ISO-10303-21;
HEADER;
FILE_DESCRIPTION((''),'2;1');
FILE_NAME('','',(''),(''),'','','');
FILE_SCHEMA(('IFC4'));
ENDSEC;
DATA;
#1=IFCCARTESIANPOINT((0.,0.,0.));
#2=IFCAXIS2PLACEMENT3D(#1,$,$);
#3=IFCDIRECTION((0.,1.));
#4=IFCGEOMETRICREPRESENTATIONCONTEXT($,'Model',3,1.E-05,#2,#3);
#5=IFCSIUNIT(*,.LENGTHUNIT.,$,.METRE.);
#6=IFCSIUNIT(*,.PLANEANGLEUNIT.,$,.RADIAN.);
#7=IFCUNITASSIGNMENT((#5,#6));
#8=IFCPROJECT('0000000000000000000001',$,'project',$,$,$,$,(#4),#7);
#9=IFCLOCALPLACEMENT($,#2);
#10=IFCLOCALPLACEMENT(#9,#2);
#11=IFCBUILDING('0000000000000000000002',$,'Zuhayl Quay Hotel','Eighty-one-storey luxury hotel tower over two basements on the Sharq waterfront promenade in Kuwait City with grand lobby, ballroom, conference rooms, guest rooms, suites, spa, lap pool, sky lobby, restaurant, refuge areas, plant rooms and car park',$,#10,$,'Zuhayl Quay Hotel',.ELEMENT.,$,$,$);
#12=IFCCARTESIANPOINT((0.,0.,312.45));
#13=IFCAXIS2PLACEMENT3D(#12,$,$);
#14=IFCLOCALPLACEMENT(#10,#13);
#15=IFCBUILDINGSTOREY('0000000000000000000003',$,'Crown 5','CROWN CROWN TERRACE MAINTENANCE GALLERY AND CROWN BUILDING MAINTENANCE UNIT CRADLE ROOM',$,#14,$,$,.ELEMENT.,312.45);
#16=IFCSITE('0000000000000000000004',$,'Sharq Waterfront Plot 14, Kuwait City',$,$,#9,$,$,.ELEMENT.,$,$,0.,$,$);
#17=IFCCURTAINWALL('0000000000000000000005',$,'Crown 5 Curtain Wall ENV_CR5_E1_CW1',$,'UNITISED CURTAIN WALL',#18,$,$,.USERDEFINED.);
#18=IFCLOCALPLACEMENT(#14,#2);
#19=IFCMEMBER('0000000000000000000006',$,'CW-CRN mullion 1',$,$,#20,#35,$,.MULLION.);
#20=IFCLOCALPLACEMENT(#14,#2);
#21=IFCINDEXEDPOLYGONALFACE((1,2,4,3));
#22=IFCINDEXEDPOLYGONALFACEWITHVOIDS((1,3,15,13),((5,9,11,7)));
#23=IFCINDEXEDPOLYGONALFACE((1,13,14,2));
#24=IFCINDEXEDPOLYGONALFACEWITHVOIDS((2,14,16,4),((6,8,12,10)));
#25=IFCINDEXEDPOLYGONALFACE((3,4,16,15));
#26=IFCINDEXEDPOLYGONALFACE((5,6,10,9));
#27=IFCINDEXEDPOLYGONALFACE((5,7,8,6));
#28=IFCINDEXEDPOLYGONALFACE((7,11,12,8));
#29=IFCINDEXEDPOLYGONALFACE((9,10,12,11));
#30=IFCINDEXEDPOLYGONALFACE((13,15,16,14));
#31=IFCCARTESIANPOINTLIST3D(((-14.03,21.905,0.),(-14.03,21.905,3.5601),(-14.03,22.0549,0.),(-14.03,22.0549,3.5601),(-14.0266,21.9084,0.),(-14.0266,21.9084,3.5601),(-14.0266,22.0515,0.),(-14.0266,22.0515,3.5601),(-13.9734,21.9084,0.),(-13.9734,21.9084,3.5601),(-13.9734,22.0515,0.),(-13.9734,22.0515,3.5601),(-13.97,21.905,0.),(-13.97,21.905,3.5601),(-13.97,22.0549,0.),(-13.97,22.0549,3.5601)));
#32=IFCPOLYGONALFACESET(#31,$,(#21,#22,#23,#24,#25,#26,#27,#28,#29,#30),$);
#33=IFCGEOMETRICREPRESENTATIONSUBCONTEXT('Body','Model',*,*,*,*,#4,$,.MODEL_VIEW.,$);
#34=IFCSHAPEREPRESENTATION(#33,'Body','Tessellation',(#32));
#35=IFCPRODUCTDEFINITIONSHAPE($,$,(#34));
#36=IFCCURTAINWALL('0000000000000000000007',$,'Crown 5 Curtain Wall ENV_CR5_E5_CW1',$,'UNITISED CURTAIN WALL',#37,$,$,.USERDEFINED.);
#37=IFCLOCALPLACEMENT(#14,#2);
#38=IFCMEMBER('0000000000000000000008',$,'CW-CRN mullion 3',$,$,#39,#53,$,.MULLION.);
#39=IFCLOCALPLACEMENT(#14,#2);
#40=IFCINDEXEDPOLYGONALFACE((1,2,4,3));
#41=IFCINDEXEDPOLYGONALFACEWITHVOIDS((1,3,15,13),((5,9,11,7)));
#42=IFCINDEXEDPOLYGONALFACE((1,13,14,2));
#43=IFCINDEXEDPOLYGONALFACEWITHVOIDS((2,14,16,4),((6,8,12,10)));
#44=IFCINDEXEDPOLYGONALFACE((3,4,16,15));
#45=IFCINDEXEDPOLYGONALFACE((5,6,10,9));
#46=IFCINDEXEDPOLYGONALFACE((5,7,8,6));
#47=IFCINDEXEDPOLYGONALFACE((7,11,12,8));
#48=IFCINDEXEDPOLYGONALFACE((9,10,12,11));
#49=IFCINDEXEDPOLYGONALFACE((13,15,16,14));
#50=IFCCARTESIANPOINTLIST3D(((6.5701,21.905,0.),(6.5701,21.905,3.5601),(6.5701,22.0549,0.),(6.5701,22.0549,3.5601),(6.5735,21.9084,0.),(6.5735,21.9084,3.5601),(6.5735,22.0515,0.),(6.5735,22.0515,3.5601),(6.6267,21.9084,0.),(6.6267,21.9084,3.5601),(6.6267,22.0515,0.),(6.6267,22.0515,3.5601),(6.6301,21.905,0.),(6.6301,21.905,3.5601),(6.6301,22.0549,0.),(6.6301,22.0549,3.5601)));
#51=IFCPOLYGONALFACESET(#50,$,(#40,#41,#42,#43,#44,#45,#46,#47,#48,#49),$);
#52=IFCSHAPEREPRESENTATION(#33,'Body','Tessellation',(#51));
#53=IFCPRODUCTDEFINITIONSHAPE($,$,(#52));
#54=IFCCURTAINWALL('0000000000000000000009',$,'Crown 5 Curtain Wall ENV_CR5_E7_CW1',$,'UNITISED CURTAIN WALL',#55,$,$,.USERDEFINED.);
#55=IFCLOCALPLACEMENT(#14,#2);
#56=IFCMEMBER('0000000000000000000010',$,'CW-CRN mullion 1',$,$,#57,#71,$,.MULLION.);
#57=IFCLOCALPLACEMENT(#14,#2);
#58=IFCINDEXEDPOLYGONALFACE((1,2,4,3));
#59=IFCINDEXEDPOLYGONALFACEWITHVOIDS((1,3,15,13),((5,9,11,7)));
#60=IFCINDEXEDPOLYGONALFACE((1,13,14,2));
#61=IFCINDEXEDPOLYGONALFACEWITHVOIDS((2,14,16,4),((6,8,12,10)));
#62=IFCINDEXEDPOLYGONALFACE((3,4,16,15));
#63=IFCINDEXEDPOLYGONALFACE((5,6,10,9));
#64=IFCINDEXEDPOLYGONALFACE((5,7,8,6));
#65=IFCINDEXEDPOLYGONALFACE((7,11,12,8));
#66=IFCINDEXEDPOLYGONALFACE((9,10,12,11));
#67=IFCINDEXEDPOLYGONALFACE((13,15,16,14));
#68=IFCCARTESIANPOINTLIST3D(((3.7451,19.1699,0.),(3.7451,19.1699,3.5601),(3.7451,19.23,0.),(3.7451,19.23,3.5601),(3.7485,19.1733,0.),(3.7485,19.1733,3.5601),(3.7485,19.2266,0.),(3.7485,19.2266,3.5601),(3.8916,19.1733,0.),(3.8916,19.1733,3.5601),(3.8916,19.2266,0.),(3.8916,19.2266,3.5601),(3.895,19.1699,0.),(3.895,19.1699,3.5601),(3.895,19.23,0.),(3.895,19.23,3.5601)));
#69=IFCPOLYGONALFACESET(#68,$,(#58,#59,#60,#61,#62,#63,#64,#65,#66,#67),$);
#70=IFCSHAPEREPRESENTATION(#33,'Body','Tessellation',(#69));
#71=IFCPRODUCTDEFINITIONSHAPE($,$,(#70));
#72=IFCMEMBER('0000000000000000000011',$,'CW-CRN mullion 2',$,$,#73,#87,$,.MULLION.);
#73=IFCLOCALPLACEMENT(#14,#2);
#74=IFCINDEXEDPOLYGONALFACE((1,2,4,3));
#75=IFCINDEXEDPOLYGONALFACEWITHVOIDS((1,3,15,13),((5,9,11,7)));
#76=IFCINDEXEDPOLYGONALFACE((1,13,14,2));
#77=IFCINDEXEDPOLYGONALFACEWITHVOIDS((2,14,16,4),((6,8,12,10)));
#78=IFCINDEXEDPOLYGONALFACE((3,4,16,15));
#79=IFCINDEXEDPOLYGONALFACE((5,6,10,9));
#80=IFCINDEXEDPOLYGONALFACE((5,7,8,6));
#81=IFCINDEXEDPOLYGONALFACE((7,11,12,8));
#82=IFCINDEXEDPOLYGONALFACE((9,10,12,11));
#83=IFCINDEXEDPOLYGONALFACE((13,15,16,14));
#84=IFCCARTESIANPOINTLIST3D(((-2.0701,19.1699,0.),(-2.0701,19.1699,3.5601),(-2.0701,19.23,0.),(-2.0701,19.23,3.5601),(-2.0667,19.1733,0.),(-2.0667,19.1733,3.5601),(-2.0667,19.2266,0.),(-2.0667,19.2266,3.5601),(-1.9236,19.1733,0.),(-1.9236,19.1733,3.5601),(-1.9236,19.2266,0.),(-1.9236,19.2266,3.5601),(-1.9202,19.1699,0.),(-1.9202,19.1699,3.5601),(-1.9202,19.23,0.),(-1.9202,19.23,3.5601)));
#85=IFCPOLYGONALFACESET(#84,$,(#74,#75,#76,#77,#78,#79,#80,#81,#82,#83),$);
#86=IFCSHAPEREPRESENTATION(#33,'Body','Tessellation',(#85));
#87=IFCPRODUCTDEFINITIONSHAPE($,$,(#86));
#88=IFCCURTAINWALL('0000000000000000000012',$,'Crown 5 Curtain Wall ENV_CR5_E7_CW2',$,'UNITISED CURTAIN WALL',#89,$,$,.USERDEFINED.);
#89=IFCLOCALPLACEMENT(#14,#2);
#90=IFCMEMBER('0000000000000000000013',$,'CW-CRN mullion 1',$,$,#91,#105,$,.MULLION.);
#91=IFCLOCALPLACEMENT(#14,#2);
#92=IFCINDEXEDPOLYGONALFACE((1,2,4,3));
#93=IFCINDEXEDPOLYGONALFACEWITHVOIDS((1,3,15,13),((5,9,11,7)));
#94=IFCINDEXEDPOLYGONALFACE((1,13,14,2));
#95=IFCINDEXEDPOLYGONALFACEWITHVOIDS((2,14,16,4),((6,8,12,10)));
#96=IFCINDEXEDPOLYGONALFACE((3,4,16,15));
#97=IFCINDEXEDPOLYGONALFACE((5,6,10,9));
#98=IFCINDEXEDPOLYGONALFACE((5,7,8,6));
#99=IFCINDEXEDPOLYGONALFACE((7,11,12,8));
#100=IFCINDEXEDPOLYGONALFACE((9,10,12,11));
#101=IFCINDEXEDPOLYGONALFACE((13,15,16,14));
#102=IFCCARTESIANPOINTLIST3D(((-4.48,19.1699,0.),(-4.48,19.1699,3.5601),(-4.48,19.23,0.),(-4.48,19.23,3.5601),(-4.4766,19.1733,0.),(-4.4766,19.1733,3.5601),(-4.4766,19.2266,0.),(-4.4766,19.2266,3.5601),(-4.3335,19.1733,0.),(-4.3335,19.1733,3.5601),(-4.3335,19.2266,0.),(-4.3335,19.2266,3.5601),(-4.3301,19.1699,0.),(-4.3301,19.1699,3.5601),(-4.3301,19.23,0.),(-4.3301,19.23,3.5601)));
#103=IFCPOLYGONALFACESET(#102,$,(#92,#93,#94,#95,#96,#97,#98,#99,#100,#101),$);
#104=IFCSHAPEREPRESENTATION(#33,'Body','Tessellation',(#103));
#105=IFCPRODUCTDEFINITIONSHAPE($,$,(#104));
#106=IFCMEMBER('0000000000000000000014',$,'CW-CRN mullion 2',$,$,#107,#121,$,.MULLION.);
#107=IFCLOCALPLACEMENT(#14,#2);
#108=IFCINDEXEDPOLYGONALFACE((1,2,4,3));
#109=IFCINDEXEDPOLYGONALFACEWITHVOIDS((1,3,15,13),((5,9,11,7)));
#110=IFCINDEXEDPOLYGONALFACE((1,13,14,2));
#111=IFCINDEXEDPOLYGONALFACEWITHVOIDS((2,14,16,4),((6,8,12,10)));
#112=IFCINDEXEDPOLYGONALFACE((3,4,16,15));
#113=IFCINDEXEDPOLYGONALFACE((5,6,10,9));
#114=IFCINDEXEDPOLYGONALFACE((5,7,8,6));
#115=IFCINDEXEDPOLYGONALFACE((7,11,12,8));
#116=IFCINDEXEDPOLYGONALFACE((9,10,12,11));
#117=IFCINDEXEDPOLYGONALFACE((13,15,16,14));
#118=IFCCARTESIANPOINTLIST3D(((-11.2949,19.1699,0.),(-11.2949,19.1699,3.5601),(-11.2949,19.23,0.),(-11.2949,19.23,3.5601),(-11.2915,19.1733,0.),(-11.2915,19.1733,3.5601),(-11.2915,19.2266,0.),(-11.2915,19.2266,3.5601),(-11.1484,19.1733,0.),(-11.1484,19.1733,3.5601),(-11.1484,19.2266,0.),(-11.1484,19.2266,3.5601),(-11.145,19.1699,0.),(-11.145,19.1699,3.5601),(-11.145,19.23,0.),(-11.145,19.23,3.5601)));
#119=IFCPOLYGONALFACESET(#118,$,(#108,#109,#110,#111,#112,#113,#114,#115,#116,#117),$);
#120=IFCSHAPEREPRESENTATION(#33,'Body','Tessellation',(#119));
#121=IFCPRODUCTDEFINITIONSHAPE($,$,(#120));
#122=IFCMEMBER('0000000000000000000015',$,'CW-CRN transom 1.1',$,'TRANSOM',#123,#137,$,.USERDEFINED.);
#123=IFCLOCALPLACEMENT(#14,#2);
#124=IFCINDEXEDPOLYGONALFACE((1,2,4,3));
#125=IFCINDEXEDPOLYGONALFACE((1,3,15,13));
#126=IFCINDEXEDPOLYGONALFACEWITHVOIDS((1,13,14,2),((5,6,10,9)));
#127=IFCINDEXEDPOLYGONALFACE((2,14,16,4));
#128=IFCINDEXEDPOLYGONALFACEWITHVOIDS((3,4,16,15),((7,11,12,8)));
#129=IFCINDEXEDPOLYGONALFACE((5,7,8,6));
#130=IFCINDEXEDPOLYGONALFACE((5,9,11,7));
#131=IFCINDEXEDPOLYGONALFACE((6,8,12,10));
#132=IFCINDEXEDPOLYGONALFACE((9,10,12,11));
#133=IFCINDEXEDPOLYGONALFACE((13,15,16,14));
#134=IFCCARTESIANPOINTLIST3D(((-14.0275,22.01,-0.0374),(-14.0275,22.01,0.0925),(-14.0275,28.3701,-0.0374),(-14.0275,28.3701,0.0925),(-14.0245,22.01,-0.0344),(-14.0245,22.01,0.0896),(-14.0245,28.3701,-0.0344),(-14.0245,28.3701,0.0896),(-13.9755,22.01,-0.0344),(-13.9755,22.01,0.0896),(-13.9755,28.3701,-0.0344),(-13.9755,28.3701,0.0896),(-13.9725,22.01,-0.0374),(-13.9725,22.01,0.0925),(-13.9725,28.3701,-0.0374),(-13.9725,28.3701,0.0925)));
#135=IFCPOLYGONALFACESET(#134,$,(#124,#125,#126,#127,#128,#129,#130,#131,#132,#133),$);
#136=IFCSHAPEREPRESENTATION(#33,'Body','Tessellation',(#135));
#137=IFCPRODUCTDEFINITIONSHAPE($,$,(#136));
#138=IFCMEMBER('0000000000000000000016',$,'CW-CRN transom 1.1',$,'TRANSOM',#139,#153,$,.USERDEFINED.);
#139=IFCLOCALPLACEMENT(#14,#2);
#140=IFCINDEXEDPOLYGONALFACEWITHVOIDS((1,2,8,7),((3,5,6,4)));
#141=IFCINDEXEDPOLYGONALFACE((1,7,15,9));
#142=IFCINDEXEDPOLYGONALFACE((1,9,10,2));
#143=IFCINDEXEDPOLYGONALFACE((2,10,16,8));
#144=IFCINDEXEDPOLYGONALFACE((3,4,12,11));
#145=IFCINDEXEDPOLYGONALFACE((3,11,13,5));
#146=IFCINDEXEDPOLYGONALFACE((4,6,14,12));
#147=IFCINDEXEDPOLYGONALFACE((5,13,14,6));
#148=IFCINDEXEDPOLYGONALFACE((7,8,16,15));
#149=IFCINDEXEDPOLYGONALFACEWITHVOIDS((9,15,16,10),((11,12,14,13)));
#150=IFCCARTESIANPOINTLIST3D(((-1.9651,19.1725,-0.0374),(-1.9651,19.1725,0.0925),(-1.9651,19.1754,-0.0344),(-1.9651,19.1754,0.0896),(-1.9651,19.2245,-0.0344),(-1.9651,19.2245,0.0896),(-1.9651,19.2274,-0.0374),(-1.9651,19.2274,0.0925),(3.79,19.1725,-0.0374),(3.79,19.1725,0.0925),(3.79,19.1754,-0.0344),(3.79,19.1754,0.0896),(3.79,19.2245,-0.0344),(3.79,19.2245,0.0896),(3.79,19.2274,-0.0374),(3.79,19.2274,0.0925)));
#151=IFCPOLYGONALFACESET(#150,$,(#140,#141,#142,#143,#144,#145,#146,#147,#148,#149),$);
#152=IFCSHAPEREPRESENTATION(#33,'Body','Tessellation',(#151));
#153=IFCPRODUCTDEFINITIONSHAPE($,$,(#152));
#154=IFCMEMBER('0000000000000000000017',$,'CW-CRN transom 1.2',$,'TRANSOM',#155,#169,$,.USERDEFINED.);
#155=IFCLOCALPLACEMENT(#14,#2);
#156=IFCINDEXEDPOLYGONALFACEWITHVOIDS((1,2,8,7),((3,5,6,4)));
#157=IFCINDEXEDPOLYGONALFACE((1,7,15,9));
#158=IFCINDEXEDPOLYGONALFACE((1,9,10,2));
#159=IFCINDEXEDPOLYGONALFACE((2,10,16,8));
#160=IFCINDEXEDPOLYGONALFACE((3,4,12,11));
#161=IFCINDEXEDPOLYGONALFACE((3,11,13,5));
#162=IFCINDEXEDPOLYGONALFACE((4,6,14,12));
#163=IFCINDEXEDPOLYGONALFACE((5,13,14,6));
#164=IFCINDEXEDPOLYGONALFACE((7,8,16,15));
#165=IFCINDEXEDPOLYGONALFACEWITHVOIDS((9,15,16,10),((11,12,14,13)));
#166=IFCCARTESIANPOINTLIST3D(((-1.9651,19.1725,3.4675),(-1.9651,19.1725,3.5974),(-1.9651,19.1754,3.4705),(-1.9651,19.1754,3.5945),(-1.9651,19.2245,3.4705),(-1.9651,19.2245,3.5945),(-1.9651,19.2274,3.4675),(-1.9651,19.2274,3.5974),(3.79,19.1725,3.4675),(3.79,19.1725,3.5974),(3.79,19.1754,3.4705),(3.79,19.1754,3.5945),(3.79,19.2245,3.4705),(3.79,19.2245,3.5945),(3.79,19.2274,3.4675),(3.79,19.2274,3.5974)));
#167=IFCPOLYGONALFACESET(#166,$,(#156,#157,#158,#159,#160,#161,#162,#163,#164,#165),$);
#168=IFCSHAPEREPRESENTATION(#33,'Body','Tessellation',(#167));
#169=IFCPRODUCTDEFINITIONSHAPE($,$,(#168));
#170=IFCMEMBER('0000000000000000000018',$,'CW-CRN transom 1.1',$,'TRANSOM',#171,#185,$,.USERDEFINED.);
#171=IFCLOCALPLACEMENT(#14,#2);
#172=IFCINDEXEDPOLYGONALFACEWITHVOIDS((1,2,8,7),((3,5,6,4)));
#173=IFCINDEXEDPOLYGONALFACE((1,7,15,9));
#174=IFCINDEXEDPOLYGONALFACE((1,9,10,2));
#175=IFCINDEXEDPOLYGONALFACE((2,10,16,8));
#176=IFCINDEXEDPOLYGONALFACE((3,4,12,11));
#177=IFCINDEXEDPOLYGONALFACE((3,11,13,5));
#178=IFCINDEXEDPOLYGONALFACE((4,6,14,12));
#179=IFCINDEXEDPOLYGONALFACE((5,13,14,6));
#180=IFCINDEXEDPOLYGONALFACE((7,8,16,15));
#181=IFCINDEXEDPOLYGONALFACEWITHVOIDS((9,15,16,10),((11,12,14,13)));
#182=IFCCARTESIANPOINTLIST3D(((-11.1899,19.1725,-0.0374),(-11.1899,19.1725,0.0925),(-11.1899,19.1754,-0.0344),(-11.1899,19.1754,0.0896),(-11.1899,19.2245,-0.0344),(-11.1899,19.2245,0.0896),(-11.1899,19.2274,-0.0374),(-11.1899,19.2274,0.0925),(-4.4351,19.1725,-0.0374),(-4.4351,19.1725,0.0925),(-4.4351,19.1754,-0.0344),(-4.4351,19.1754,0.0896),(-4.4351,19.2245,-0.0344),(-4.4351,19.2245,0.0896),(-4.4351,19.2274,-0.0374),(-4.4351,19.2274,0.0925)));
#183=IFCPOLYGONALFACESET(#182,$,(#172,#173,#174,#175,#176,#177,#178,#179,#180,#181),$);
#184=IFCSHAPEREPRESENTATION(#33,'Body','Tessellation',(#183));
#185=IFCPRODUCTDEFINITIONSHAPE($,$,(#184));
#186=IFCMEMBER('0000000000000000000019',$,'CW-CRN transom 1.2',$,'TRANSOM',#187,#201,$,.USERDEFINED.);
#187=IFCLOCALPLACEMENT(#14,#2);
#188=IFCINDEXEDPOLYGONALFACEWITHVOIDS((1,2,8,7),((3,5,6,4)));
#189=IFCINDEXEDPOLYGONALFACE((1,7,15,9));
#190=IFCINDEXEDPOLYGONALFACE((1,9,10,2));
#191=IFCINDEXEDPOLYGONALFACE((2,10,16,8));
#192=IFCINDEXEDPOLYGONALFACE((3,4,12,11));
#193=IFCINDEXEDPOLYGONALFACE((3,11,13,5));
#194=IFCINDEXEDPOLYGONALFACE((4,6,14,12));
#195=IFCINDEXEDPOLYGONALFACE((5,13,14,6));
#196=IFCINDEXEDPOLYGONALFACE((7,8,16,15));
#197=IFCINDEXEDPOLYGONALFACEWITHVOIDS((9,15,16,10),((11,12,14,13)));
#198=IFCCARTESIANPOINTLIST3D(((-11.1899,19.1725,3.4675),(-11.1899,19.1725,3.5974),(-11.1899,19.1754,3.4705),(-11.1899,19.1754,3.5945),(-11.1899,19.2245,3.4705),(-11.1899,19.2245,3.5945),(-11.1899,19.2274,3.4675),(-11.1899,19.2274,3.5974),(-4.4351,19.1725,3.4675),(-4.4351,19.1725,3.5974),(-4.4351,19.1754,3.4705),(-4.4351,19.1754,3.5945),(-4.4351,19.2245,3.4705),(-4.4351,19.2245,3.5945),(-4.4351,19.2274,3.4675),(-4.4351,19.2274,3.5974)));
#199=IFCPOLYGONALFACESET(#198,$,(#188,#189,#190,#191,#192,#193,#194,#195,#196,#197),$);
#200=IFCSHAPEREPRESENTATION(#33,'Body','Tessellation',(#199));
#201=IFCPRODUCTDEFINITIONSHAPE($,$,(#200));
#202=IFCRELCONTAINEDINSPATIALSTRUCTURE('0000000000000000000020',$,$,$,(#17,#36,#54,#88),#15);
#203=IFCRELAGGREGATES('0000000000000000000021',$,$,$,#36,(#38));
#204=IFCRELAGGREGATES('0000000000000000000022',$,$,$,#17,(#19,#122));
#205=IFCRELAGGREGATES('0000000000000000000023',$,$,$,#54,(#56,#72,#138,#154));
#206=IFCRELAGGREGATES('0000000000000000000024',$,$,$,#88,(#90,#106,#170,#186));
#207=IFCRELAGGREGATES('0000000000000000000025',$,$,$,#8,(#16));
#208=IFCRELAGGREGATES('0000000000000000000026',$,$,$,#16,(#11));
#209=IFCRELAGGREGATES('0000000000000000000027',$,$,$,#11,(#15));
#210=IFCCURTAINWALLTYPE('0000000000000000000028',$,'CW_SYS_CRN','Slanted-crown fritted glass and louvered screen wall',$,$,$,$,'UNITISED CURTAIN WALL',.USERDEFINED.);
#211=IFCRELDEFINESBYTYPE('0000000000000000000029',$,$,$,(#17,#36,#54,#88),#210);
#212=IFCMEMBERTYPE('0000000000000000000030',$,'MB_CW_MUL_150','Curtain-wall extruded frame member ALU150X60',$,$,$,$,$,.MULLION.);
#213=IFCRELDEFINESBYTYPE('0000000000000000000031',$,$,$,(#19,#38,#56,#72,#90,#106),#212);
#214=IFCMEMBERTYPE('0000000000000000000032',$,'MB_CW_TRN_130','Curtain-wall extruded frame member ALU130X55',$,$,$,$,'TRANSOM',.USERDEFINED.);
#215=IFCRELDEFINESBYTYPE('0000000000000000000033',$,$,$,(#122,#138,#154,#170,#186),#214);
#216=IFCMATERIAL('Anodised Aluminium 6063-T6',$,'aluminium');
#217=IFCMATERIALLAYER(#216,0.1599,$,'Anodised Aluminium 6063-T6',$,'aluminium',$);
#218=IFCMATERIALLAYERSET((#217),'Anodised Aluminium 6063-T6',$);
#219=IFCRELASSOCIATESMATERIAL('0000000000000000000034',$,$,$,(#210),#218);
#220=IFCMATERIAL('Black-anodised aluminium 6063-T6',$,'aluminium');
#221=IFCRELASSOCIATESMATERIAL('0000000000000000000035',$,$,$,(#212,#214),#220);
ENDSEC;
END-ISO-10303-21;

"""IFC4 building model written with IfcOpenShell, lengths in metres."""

from ifc_helpers import new_model, si_unit, direction, frame, origin, origin_2d, place, context, subcontext, project, spatial, hollow_rectangle, extrude, material, layer, layer_set, material_profile, profile_set, type_object, element, aggregate, save


model = new_model("IFC4")

# Units and contexts
model_context = context("Model", 3, precision=1e-05, world=origin(), true_north=direction((0.0, 1.0)))
body_context = subcontext(model_context, "Body", "Model", "MODEL_VIEW")
ifc_project = project(units=[si_unit("LENGTHUNIT", "METRE"), si_unit("PLANEANGLEUNIT", "RADIAN")], contexts=[model_context])

# Site, building, storey
site_placement = place(None, origin())
site = spatial("IfcSite", under=ifc_project, at=site_placement, Name="Sharq Waterfront Plot 14, Kuwait City", CompositionType="ELEMENT", RefElevation=0.0)
building_placement = place(site_placement, origin())
building = spatial("IfcBuilding", under=site, at=building_placement, Name="Zuhayl Quay Hotel", Description="Eighty-one-storey luxury hotel tower over two basements on the Sharq waterfront promenade in Kuwait City with grand lobby, ballroom, conference rooms, guest rooms, suites, spa, lap pool, sky lobby, restaurant, refuge areas, plant rooms and car park", LongName="Zuhayl Quay Hotel", CompositionType="ELEMENT")
storey_placement = place(building_placement, frame((0.0, 0.0, 312.45)))
storey = spatial("IfcBuildingStorey", under=building, at=storey_placement, Name="Crown 5", Description="CROWN CROWN TERRACE MAINTENANCE GALLERY AND CROWN BUILDING MAINTENANCE UNIT CRADLE ROOM", CompositionType="ELEMENT", Elevation=312.45)

# Curtain walls, members
ifc_material_1 = material(Name="Anodised Aluminium 6063-T6", Category="aluminium")
ifc_layer_1 = layer(ifc_material_1, 0.1599, Name="Anodised Aluminium 6063-T6", Category="aluminium")
ifc_layer_set_1 = layer_set([ifc_layer_1], Name="Anodised Aluminium 6063-T6")
curtain_wall_type = type_object("IfcCurtainWallType", Name="CW_SYS_CRN", Description="Slanted-crown fritted glass and louvered screen wall", ElementType="UNITISED CURTAIN WALL", PredefinedType="USERDEFINED", material=ifc_layer_set_1)
curtain_wall_1_placement = place(storey_placement, origin())
curtain_wall_1 = element("IfcCurtainWall", 1, at=curtain_wall_1_placement, inside=storey, type_object=curtain_wall_type, Name="Crown 5 Curtain Wall ENV_CR5_E1_CW1", ObjectType="UNITISED CURTAIN WALL", PredefinedType="USERDEFINED")
ifc_material_2 = material(Name="Black-anodised aluminium 6063-T6", Category="aluminium")
ifc_material_profile_1 = material_profile(ifc_material_2, hollow_rectangle(XDim=0.0601, YDim=0.1499, WallThickness=0.0034, at=origin_2d()), Name="ALU150X60")
ifc_profile_set_1 = profile_set([ifc_material_profile_1], Name="Black-anodised aluminium 6063-T6")
member_type_1 = type_object("IfcMemberType", Name="MB_CW_MUL_150", Description="Curtain-wall extruded frame member ALU150X60", PredefinedType="MULLION", material=ifc_profile_set_1)
member_1_placement = place(storey_placement, frame((-14.0, 21.98, 0.0), z_axis=(0.0, 0.0, 1.0), x_axis=(-1.0, 0.0, 0.0)))
member_1 = element("IfcMember", 2, at=member_1_placement, type_object=member_type_1, Name="CW-CRN mullion 1", PredefinedType="MULLION", context=body_context, shape_type="SweptSolid", body=[
    extrude(hollow_rectangle(XDim=0.0601, YDim=0.1499, WallThickness=0.0034, at=origin_2d()), origin(), (0.0, 0.0, 1.0), 3.5601),
])
curtain_wall_2_placement = place(storey_placement, origin())
curtain_wall_2 = element("IfcCurtainWall", 3, at=curtain_wall_2_placement, inside=storey, type_object=curtain_wall_type, Name="Crown 5 Curtain Wall ENV_CR5_E5_CW1", ObjectType="UNITISED CURTAIN WALL", PredefinedType="USERDEFINED")
member_2_placement = place(storey_placement, frame((6.6001, 21.98, 0.0), z_axis=(0.0, 0.0, 1.0), x_axis=(1.0, 0.0, 0.0)))
member_2 = element("IfcMember", 4, at=member_2_placement, type_object=member_type_1, Name="CW-CRN mullion 3", PredefinedType="MULLION", context=body_context, shape_type="SweptSolid", body=[
    extrude(hollow_rectangle(XDim=0.0601, YDim=0.1499, WallThickness=0.0034, at=origin_2d()), origin(), (0.0, 0.0, 1.0), 3.5601),
])
aggregate(curtain_wall_2, [member_2])

# Curtain walls, members
curtain_wall_3_placement = place(storey_placement, origin())
curtain_wall_3 = element("IfcCurtainWall", 5, at=curtain_wall_3_placement, inside=storey, type_object=curtain_wall_type, Name="Crown 5 Curtain Wall ENV_CR5_E7_CW1", ObjectType="UNITISED CURTAIN WALL", PredefinedType="USERDEFINED")
member_3_placement = place(storey_placement, frame((3.8201, 19.2, 0.0), z_axis=(0.0, 0.0, 1.0), x_axis=(0.0, -1.0, 0.0)))
member_3 = element("IfcMember", 6, at=member_3_placement, type_object=member_type_1, Name="CW-CRN mullion 1", PredefinedType="MULLION", context=body_context, shape_type="SweptSolid", body=[
    extrude(hollow_rectangle(XDim=0.0601, YDim=0.1499, WallThickness=0.0034, at=origin_2d()), origin(), (0.0, 0.0, 1.0), 3.5601),
])
member_4_placement = place(storey_placement, frame((-1.9951, 19.2, 0.0), z_axis=(0.0, 0.0, 1.0), x_axis=(0.0, -1.0, 0.0)))
member_4 = element("IfcMember", 7, at=member_4_placement, type_object=member_type_1, Name="CW-CRN mullion 2", PredefinedType="MULLION", context=body_context, shape_type="SweptSolid", body=[
    extrude(hollow_rectangle(XDim=0.0601, YDim=0.1499, WallThickness=0.0034, at=origin_2d()), origin(), (0.0, 0.0, 1.0), 3.5601),
])
curtain_wall_4_placement = place(storey_placement, origin())
curtain_wall_4 = element("IfcCurtainWall", 8, at=curtain_wall_4_placement, inside=storey, type_object=curtain_wall_type, Name="Crown 5 Curtain Wall ENV_CR5_E7_CW2", ObjectType="UNITISED CURTAIN WALL", PredefinedType="USERDEFINED")
member_5_placement = place(storey_placement, frame((-4.405, 19.2, 0.0), z_axis=(0.0, 0.0, 1.0), x_axis=(0.0, -1.0, 0.0)))
member_5 = element("IfcMember", 9, at=member_5_placement, type_object=member_type_1, Name="CW-CRN mullion 1", PredefinedType="MULLION", context=body_context, shape_type="SweptSolid", body=[
    extrude(hollow_rectangle(XDim=0.0601, YDim=0.1499, WallThickness=0.0034, at=origin_2d()), origin(), (0.0, 0.0, 1.0), 3.5601),
])
member_6_placement = place(storey_placement, frame((-11.22, 19.2, 0.0), z_axis=(0.0, 0.0, 1.0), x_axis=(0.0, -1.0, 0.0)))
member_6 = element("IfcMember", 10, at=member_6_placement, type_object=member_type_1, Name="CW-CRN mullion 2", PredefinedType="MULLION", context=body_context, shape_type="SweptSolid", body=[
    extrude(hollow_rectangle(XDim=0.0601, YDim=0.1499, WallThickness=0.0034, at=origin_2d()), origin(), (0.0, 0.0, 1.0), 3.5601),
])

# Members
ifc_material_profile_2 = material_profile(ifc_material_2, hollow_rectangle(XDim=0.0549, YDim=0.1299, WallThickness=0.0029, at=origin_2d()), Name="ALU130X55")
ifc_profile_set_2 = profile_set([ifc_material_profile_2], Name="Black-anodised aluminium 6063-T6")
member_type_2 = type_object("IfcMemberType", Name="MB_CW_TRN_130", Description="Curtain-wall extruded frame member ALU130X55", ElementType="TRANSOM", PredefinedType="USERDEFINED", material=ifc_profile_set_2)
member_7_placement = place(storey_placement, frame((-14.0, 22.01, 0.0276), z_axis=(0.0, 1.0, 0.0), x_axis=(-1.0, 0.0, 0.0)))
member_7 = element("IfcMember", 11, at=member_7_placement, type_object=member_type_2, Name="CW-CRN transom 1.1", ObjectType="TRANSOM", PredefinedType="USERDEFINED", context=body_context, shape_type="SweptSolid", body=[
    extrude(hollow_rectangle(XDim=0.0549, YDim=0.1299, WallThickness=0.0029, at=origin_2d()), origin(), (0.0, 0.0, 1.0), 6.3601),
])
aggregate(curtain_wall_1, [member_1, member_7])
member_8_placement = place(storey_placement, frame((3.79, 19.2, 0.0276), z_axis=(-1.0, 0.0, 0.0), x_axis=(0.0, -1.0, 0.0)))
member_8 = element("IfcMember", 12, at=member_8_placement, type_object=member_type_2, Name="CW-CRN transom 1.1", ObjectType="TRANSOM", PredefinedType="USERDEFINED", context=body_context, shape_type="SweptSolid", body=[
    extrude(hollow_rectangle(XDim=0.0549, YDim=0.1299, WallThickness=0.0029, at=origin_2d()), origin(), (0.0, 0.0, 1.0), 5.7551),
])
member_9_placement = place(storey_placement, frame((3.79, 19.2, 3.5325), z_axis=(-1.0, 0.0, 0.0), x_axis=(0.0, -1.0, 0.0)))
member_9 = element("IfcMember", 13, at=member_9_placement, type_object=member_type_2, Name="CW-CRN transom 1.2", ObjectType="TRANSOM", PredefinedType="USERDEFINED", context=body_context, shape_type="SweptSolid", body=[
    extrude(hollow_rectangle(XDim=0.0549, YDim=0.1299, WallThickness=0.0029, at=origin_2d()), origin(), (0.0, 0.0, 1.0), 5.7551),
])
member_10_placement = place(storey_placement, frame((-4.4351, 19.2, 0.0276), z_axis=(-1.0, 0.0, 0.0), x_axis=(0.0, -1.0, 0.0)))
member_10 = element("IfcMember", 14, at=member_10_placement, type_object=member_type_2, Name="CW-CRN transom 1.1", ObjectType="TRANSOM", PredefinedType="USERDEFINED", context=body_context, shape_type="SweptSolid", body=[
    extrude(hollow_rectangle(XDim=0.0549, YDim=0.1299, WallThickness=0.0029, at=origin_2d()), origin(), (0.0, 0.0, 1.0), 6.7549),
])
member_11_placement = place(storey_placement, frame((-4.4351, 19.2, 3.5325), z_axis=(-1.0, 0.0, 0.0), x_axis=(0.0, -1.0, 0.0)))
member_11 = element("IfcMember", 15, at=member_11_placement, type_object=member_type_2, Name="CW-CRN transom 1.2", ObjectType="TRANSOM", PredefinedType="USERDEFINED", context=body_context, shape_type="SweptSolid", body=[
    extrude(hollow_rectangle(XDim=0.0549, YDim=0.1299, WallThickness=0.0029, at=origin_2d()), origin(), (0.0, 0.0, 1.0), 6.7549),
])

aggregate(curtain_wall_3, [member_3, member_4, member_8, member_9])
aggregate(curtain_wall_4, [member_5, member_6, member_10, member_11])

save(model, "model.ifc")
